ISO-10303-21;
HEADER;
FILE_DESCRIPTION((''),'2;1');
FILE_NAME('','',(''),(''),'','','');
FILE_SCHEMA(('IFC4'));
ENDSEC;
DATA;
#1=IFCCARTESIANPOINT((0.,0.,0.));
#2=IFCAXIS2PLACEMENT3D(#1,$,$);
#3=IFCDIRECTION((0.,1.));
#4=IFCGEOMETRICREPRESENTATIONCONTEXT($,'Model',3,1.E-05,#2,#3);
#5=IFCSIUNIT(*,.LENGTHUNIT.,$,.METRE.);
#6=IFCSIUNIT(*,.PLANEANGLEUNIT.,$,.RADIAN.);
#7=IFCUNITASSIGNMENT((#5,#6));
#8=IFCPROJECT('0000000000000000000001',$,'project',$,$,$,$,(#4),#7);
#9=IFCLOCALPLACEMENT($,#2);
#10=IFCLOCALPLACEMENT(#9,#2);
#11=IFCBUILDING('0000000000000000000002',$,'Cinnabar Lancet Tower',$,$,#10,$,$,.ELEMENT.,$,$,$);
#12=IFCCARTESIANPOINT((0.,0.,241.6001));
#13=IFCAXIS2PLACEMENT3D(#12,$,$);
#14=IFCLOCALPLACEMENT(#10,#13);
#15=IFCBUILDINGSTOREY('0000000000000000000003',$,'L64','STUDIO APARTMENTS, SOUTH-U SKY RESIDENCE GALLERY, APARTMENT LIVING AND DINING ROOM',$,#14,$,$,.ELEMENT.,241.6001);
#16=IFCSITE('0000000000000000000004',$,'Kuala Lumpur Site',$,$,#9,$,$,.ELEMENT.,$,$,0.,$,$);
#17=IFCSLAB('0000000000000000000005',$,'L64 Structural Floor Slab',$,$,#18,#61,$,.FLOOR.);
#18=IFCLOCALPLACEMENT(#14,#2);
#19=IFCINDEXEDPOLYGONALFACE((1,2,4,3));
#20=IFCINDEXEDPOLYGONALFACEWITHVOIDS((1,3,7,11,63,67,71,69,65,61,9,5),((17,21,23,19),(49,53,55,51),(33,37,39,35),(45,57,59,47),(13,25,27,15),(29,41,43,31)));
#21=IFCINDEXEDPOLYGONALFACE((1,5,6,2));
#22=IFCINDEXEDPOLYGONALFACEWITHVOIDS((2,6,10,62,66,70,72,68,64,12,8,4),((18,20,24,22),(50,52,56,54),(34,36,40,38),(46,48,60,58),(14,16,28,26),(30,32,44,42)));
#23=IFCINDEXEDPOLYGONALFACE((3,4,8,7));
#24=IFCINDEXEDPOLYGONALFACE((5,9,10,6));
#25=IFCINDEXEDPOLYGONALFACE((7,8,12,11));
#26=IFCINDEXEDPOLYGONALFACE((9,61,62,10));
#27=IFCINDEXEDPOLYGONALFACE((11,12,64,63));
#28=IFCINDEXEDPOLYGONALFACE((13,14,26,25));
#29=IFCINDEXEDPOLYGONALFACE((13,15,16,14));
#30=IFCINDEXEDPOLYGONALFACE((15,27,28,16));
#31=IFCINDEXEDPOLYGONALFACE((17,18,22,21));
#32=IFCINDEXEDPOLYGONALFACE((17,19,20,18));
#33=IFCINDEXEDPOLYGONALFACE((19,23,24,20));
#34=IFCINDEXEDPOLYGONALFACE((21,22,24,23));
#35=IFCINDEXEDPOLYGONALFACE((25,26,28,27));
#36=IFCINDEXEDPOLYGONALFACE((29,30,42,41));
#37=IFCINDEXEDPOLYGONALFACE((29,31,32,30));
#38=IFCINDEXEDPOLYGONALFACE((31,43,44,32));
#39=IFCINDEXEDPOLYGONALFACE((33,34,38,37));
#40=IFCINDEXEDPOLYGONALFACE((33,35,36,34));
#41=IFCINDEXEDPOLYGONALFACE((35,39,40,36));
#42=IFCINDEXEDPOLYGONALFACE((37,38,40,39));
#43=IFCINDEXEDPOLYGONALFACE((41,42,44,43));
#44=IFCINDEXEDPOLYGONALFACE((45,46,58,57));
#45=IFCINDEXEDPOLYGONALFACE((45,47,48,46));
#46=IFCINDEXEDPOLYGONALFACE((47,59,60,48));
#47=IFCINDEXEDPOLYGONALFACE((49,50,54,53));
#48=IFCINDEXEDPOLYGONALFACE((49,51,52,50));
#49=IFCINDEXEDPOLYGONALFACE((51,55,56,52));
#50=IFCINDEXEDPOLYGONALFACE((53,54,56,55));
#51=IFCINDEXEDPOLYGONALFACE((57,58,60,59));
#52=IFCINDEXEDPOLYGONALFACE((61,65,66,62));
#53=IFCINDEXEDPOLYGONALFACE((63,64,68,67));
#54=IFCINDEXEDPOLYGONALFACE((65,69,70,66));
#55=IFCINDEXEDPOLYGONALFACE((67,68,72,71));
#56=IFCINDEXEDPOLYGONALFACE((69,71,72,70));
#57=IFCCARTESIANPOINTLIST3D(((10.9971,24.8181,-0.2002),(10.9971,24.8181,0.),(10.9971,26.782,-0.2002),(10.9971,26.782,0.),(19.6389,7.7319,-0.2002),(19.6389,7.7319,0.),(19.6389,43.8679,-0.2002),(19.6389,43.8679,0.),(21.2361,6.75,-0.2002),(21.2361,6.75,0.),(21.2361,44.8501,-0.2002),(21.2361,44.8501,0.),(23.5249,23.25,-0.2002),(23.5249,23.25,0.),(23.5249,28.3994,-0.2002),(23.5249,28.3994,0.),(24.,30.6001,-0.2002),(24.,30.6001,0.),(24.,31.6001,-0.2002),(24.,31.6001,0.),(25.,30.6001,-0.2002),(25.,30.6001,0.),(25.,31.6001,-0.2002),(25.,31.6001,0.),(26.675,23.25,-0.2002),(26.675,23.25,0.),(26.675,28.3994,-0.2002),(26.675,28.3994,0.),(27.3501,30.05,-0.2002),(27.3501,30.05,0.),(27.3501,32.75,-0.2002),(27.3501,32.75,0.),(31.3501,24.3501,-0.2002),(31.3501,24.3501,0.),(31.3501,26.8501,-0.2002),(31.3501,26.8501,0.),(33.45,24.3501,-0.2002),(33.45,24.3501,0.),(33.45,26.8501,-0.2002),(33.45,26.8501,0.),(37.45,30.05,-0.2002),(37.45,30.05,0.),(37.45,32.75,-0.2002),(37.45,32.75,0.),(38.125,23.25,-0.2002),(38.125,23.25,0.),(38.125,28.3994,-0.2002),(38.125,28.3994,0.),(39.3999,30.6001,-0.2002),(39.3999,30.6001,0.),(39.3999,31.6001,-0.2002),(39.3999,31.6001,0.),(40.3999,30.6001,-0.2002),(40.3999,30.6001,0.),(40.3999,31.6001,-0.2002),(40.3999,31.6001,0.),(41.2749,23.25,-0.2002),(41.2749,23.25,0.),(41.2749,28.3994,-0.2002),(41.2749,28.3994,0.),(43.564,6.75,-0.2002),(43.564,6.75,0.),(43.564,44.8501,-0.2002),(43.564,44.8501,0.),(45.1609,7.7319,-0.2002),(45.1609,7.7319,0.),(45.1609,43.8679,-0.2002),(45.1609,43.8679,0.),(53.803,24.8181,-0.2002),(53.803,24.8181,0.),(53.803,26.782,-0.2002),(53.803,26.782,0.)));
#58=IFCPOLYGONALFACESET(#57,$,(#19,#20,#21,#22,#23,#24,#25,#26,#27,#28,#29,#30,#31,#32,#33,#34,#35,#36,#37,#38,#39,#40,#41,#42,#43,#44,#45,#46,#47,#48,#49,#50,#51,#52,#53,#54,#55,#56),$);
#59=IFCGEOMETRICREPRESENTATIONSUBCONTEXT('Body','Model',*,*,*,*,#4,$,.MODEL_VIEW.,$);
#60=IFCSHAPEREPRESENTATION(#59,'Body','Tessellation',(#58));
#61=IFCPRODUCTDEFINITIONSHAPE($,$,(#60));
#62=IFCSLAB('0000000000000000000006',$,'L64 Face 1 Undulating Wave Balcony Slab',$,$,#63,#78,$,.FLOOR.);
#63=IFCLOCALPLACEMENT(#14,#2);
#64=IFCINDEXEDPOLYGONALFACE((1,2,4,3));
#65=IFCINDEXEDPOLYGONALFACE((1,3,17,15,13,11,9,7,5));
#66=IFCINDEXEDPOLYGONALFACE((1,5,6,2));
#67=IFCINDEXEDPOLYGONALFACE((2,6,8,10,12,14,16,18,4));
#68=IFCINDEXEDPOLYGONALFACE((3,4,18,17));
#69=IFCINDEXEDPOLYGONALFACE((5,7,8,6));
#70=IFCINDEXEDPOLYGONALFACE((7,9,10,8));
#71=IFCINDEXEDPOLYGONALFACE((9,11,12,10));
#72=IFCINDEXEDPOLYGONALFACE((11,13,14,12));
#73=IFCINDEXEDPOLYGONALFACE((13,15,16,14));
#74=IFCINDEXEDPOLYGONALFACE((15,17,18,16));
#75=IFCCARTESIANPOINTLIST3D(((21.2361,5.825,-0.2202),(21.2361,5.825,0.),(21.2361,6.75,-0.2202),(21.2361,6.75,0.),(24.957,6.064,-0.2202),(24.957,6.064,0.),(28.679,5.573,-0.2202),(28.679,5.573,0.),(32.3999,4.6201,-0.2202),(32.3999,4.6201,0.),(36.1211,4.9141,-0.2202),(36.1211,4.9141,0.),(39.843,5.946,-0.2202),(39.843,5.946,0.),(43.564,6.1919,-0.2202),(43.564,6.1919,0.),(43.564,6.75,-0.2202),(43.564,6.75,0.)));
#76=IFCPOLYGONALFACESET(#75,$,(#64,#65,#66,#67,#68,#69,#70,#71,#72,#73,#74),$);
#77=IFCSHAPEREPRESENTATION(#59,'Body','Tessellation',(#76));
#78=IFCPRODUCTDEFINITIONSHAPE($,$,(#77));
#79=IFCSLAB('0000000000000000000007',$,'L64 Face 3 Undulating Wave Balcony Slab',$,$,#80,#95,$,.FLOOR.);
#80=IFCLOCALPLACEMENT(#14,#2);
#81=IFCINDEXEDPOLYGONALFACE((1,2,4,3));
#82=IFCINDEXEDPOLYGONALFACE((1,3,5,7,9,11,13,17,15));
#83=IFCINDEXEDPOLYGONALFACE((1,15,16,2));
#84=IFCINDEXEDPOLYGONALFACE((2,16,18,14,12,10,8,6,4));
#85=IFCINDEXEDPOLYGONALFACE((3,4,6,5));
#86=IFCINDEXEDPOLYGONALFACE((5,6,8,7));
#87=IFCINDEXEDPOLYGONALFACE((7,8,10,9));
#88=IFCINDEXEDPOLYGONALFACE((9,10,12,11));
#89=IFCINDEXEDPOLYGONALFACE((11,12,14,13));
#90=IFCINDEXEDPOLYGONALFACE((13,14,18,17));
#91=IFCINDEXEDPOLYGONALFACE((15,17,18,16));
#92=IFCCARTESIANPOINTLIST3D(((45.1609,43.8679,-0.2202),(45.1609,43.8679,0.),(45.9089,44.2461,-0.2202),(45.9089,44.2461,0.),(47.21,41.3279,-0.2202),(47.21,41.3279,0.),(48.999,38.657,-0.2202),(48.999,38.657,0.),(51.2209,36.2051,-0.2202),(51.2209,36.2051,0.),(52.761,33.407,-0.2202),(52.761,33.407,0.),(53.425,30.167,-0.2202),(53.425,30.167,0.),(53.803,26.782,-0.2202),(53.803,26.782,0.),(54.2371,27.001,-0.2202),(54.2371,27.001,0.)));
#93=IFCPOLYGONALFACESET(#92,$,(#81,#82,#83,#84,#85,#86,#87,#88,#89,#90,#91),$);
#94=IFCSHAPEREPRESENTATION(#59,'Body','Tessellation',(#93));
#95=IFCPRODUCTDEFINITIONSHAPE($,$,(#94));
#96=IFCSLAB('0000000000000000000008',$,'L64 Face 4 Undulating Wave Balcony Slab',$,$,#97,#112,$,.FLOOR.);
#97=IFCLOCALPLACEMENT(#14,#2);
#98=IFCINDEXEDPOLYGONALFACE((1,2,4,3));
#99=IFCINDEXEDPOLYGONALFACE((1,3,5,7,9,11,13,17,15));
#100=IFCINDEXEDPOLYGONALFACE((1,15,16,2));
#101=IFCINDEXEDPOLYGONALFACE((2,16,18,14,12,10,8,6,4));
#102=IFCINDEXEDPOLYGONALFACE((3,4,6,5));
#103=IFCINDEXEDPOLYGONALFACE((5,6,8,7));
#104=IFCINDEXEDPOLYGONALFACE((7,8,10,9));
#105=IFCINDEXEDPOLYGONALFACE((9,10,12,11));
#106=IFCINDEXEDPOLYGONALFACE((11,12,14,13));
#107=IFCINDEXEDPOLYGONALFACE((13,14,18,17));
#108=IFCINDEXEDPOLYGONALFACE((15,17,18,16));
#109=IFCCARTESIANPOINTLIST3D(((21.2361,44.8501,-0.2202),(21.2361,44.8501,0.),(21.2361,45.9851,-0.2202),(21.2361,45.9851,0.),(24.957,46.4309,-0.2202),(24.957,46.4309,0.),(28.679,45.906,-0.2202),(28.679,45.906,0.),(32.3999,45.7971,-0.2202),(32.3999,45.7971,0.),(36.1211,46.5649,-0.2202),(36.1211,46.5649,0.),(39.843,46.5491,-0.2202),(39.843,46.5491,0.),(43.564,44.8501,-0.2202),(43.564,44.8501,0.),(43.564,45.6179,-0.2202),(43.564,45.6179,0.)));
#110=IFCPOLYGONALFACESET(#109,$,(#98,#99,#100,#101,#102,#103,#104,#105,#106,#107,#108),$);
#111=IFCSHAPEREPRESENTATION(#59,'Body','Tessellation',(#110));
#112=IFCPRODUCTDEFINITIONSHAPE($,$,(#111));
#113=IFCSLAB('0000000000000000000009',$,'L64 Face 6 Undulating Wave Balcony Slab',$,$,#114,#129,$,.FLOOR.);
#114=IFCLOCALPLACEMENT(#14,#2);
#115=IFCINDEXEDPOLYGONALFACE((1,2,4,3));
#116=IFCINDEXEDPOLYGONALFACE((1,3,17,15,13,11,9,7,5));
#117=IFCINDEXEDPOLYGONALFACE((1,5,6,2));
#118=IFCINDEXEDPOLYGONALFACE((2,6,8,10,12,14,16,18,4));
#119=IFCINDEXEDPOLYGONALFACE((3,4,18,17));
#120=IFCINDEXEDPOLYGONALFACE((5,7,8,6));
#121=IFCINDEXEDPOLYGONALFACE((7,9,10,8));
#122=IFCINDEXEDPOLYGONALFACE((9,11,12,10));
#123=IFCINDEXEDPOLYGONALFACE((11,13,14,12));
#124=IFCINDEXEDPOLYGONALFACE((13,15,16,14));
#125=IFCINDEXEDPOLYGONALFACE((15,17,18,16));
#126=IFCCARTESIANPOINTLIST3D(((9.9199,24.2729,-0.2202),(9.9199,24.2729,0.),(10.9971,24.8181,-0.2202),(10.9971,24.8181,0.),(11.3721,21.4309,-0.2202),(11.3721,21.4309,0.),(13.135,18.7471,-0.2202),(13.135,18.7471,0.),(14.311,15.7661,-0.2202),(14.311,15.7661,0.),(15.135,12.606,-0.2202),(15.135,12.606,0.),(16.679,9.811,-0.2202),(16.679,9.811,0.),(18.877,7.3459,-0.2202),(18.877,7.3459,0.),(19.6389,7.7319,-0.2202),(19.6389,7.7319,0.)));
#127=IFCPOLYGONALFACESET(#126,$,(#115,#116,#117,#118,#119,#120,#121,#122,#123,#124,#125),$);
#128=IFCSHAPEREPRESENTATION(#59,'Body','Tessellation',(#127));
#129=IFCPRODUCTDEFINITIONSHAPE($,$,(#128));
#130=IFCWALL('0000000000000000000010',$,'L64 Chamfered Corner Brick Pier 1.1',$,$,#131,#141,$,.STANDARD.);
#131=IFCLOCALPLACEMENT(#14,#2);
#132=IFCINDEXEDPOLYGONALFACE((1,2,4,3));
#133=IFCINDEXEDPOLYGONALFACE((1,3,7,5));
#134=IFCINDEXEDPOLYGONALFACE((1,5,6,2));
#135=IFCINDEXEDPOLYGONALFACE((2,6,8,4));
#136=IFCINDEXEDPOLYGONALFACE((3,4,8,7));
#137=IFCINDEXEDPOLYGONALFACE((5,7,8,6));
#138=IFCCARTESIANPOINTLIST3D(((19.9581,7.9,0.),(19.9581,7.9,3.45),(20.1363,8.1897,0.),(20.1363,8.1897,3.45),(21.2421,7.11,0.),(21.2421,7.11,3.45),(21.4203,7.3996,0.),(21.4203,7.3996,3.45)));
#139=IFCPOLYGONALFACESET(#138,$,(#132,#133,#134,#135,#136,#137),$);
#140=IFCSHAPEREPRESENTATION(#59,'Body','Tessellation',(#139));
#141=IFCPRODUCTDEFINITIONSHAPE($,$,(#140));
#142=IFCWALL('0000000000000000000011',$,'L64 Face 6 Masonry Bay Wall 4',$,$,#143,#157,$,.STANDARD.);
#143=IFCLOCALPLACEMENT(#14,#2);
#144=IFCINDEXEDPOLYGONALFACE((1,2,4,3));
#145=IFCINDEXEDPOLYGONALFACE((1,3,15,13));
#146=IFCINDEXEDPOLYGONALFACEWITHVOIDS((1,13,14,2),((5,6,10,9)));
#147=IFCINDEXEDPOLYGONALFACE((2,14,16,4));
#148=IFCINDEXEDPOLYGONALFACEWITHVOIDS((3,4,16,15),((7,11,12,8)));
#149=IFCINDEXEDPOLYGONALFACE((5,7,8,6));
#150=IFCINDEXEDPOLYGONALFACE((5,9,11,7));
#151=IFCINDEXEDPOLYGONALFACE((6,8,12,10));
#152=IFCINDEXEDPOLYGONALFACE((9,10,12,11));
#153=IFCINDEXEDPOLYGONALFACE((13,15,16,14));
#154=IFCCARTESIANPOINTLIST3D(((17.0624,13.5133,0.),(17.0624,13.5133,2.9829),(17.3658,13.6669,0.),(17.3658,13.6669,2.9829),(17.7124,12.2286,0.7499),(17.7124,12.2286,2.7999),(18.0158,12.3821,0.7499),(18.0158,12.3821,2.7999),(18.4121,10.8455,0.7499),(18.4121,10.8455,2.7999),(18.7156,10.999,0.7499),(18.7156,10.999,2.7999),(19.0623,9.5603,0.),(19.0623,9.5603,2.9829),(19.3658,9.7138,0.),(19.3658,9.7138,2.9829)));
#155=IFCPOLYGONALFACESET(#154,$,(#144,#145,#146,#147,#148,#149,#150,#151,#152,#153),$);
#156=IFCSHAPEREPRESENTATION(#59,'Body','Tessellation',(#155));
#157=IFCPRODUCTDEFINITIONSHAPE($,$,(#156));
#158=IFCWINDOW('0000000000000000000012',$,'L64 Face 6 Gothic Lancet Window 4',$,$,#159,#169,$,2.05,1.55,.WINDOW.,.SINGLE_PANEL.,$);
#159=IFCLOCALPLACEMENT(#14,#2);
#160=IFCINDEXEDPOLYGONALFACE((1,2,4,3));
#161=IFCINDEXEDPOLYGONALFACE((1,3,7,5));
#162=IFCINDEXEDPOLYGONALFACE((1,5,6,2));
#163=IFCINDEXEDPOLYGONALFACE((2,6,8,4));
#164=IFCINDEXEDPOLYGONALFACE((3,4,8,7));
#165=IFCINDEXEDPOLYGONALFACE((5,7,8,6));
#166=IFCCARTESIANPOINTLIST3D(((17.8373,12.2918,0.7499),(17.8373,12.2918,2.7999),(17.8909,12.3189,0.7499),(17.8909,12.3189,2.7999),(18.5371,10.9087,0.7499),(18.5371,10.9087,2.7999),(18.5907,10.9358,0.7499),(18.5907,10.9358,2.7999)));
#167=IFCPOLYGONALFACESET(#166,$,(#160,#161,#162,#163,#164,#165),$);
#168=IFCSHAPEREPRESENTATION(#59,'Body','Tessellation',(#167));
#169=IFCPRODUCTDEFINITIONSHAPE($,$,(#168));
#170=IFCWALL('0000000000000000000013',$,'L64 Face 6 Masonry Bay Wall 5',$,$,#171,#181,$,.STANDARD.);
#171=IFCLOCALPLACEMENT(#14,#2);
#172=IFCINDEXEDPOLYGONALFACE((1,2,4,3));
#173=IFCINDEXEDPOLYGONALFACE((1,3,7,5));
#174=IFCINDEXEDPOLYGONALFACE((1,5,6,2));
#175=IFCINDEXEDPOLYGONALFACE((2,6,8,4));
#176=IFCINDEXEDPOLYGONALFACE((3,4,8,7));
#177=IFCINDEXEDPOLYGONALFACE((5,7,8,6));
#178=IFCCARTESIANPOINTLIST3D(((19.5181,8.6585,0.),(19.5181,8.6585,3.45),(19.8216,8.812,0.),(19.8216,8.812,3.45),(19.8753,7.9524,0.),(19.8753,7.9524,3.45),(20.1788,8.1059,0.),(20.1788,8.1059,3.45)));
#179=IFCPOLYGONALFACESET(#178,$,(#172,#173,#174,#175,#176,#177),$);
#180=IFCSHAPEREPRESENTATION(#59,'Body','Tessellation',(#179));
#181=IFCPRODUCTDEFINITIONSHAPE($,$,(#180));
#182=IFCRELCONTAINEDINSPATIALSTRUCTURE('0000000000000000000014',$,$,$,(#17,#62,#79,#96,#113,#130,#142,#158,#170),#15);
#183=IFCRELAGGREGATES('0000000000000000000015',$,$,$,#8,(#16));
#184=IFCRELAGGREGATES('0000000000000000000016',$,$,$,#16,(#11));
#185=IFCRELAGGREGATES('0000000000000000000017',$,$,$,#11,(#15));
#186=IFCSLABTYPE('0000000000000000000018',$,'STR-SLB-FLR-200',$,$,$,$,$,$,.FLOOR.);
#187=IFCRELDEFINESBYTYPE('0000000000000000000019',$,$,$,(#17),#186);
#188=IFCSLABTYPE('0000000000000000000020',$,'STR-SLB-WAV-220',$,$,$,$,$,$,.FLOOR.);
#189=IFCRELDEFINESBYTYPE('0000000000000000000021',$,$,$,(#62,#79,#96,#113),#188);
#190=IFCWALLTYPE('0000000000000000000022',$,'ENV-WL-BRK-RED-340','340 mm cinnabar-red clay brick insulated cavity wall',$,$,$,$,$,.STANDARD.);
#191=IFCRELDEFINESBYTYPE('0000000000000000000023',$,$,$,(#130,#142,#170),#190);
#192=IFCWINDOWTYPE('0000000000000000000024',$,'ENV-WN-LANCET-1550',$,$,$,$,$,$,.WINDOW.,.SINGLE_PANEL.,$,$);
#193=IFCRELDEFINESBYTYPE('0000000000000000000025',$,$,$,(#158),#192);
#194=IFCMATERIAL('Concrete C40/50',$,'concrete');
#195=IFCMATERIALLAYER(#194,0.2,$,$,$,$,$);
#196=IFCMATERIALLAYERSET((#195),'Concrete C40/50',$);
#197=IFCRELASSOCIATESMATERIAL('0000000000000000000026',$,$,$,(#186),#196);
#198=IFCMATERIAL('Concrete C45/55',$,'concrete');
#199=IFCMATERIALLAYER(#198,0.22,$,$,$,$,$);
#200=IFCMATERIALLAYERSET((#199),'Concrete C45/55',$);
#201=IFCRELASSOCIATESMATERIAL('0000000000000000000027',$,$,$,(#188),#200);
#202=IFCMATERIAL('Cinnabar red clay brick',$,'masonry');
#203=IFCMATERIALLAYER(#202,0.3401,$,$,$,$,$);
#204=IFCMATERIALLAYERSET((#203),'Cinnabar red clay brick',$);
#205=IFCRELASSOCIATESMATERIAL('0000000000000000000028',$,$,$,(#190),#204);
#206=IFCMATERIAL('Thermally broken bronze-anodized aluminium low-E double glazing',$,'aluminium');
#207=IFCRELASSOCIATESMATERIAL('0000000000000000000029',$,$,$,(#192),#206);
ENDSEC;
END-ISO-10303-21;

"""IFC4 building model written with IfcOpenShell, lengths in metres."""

from ifc_helpers import new_model, si_unit, direction, frame, frame_2d, origin, place, context, subcontext, project, spatial, polyline, rectangle, outline, extrude, material, layer, layer_set, type_object, element, fill, save


model = new_model("IFC4")

# Units and contexts
model_context = context("Model", 3, precision=1e-05, world=origin(), true_north=direction((0.0, 1.0)))
body_context = subcontext(model_context, "Body", "Model", "MODEL_VIEW")
ifc_project = project(units=[si_unit("LENGTHUNIT", "METRE"), si_unit("PLANEANGLEUNIT", "RADIAN")], contexts=[model_context])

# Site, building, storey
site_placement = place(None, origin())
site = spatial("IfcSite", under=ifc_project, at=site_placement, Name="Kuala Lumpur Site", CompositionType="ELEMENT", RefElevation=0.0)
building_placement = place(site_placement, origin())
building = spatial("IfcBuilding", under=site, at=building_placement, Name="Cinnabar Lancet Tower", CompositionType="ELEMENT")
storey_placement = place(building_placement, frame((0.0, 0.0, 241.6001)))
storey = spatial("IfcBuildingStorey", under=building, at=storey_placement, Name="L64", Description="STUDIO APARTMENTS, SOUTH-U SKY RESIDENCE GALLERY, APARTMENT LIVING AND DINING ROOM", CompositionType="ELEMENT", Elevation=241.6001)

# Slabs
ifc_material_1 = material(Name="Concrete C40/50", Category="concrete")
ifc_layer_1 = layer(ifc_material_1, 0.2)
ifc_layer_set_1 = layer_set([ifc_layer_1], Name="Concrete C40/50")
slab_type_1 = type_object("IfcSlabType", Name="STR-SLB-FLR-200", PredefinedType="FLOOR", material=ifc_layer_set_1)
slab_1_placement = place(storey_placement, frame((0.0, 0.0, -0.2002)))
element("IfcSlab", 1, at=slab_1_placement, inside=storey, type_object=slab_type_1, Name="L64 Structural Floor Slab", PredefinedType="FLOOR", context=body_context, shape_type="SweptSolid", body=[
    extrude(outline(polyline([(19.6389, 7.7319), (21.2361, 6.75), (43.564, 6.75), (45.1609, 7.7319), (53.803, 24.8181), (53.803, 26.782), (45.1609, 43.8679), (43.564, 44.8501), (21.2361, 44.8501), (19.6389, 43.8679), (10.9971, 26.782), (10.9971, 24.8181), (19.6389, 7.7319)]), holes=[polyline([(23.5249, 23.25), (26.675, 23.25), (26.675, 28.3994), (23.5249, 28.3994), (23.5249, 23.25)]), polyline([(38.125, 23.25), (41.2749, 23.25), (41.2749, 28.3994), (38.125, 28.3994), (38.125, 23.25)]), polyline([(27.3501, 30.05), (37.45, 30.05), (37.45, 32.75), (27.3501, 32.75), (27.3501, 30.05)]), polyline([(31.3501, 24.3501), (33.45, 24.3501), (33.45, 26.8501), (31.3501, 26.8501), (31.3501, 24.3501)]), polyline([(24.0, 30.6001), (25.0, 30.6001), (25.0, 31.6001), (24.0, 31.6001), (24.0, 30.6001)]), polyline([(39.3999, 30.6001), (40.3999, 30.6001), (40.3999, 31.6001), (39.3999, 31.6001), (39.3999, 30.6001)])]), origin(), (0.0, 0.0, 1.0), 0.2002),
])
ifc_material_2 = material(Name="Concrete C45/55", Category="concrete")
ifc_layer_2 = layer(ifc_material_2, 0.22)
ifc_layer_set_2 = layer_set([ifc_layer_2], Name="Concrete C45/55")
slab_type_2 = type_object("IfcSlabType", Name="STR-SLB-WAV-220", PredefinedType="FLOOR", material=ifc_layer_set_2)
slab_2_placement = place(storey_placement, frame((0.0, 0.0, -0.2202)))
element("IfcSlab", 2, at=slab_2_placement, inside=storey, type_object=slab_type_2, Name="L64 Face 1 Undulating Wave Balcony Slab", PredefinedType="FLOOR", context=body_context, shape_type="SweptSolid", body=[
    extrude(outline(polyline([(21.2361, 6.75), (21.2361, 5.825), (24.957, 6.064), (28.679, 5.573), (32.3999, 4.6201), (36.1211, 4.9141), (39.843, 5.946), (43.564, 6.1919), (43.564, 6.75), (21.2361, 6.75)])), origin(), (0.0, 0.0, 1.0), 0.2202),
])
slab_3_placement = place(storey_placement, frame((0.0, 0.0, -0.2202)))
element("IfcSlab", 3, at=slab_3_placement, inside=storey, type_object=slab_type_2, Name="L64 Face 3 Undulating Wave Balcony Slab", PredefinedType="FLOOR", context=body_context, shape_type="SweptSolid", body=[
    extrude(outline(polyline([(53.803, 26.782), (54.2371, 27.001), (53.425, 30.167), (52.761, 33.407), (51.2209, 36.2051), (48.999, 38.657), (47.21, 41.3279), (45.9089, 44.2461), (45.1609, 43.8679), (53.803, 26.782)])), origin(), (0.0, 0.0, 1.0), 0.2202),
])
slab_4_placement = place(storey_placement, frame((0.0, 0.0, -0.2202)))
element("IfcSlab", 4, at=slab_4_placement, inside=storey, type_object=slab_type_2, Name="L64 Face 4 Undulating Wave Balcony Slab", PredefinedType="FLOOR", context=body_context, shape_type="SweptSolid", body=[
    extrude(outline(polyline([(43.564, 44.8501), (43.564, 45.6179), (39.843, 46.5491), (36.1211, 46.5649), (32.3999, 45.7971), (28.679, 45.906), (24.957, 46.4309), (21.2361, 45.9851), (21.2361, 44.8501), (43.564, 44.8501)])), origin(), (0.0, 0.0, 1.0), 0.2202),
])
slab_5_placement = place(storey_placement, frame((0.0, 0.0, -0.2202)))
element("IfcSlab", 5, at=slab_5_placement, inside=storey, type_object=slab_type_2, Name="L64 Face 6 Undulating Wave Balcony Slab", PredefinedType="FLOOR", context=body_context, shape_type="SweptSolid", body=[
    extrude(outline(polyline([(10.9971, 24.8181), (9.9199, 24.2729), (11.3721, 21.4309), (13.135, 18.7471), (14.311, 15.7661), (15.135, 12.606), (16.679, 9.811), (18.877, 7.3459), (19.6389, 7.7319), (10.9971, 24.8181)])), origin(), (0.0, 0.0, 1.0), 0.2202),
])

# Wall
ifc_material_3 = material(Name="Cinnabar red clay brick", Category="masonry")
ifc_layer_3 = layer(ifc_material_3, 0.3401)
ifc_layer_set_3 = layer_set([ifc_layer_3], Name="Cinnabar red clay brick")
wall_type = type_object("IfcWallType", Name="ENV-WL-BRK-RED-340", Description="340 mm cinnabar-red clay brick insulated cavity wall", PredefinedType="STANDARD", material=ifc_layer_set_3)
wall_1_placement = place(storey_placement, frame((20.0471, 8.0449, 0.0), z_axis=(0.0, 0.0, 1.0), x_axis=(0.851681, -0.524061, 0.0)))
element("IfcWall", 6, at=wall_1_placement, inside=storey, type_object=wall_type, Name="L64 Chamfered Corner Brick Pier 1.1", PredefinedType="STANDARD", context=body_context, shape_type="SweptSolid", body=[
    extrude(rectangle(XDim=1.5076, YDim=0.3401, at=frame_2d((0.7539, 0.0))), origin(), (0.0, 0.0, 1.0), 3.45),
])

# Wall, opening, window
wall_2_placement = place(storey_placement, frame((17.2141, 13.5901, 0.0), z_axis=(0.0, 0.0, 1.0), x_axis=(0.451441, -0.892301, 0.0)))
wall_2 = element("IfcWall", 7, at=wall_2_placement, inside=storey, type_object=wall_type, Name="L64 Face 6 Masonry Bay Wall 4", PredefinedType="STANDARD", context=body_context, shape_type="SweptSolid", body=[
    extrude(rectangle(XDim=4.4302, YDim=0.3401, at=frame_2d((2.2151, 0.0))), origin(), (0.0, 0.0, 1.0), 2.9829),
])
opening_placement = place(wall_2_placement, frame((1.4399, 0.0, 0.75)))
opening = element("IfcOpeningElement", 8, at=opening_placement, cuts=wall_2, PredefinedType="OPENING", context=body_context, shape_type="SweptSolid", body=[
    extrude(rectangle(XDim=1.55, YDim=2.05, at=frame_2d((0.7749, 1.0249))), frame((0.0, 0.1799, 0.0), z_axis=(0.0, -1.0, 0.0), x_axis=(1.0, 0.0, 0.0)), (0.0, 0.0, 1.0), 0.3601),
])
ifc_material_4 = material(Name="Thermally broken bronze-anodized aluminium low-E double glazing", Category="aluminium")
window_type = type_object("IfcWindowType", Name="ENV-WN-LANCET-1550", PartitioningType="SINGLE_PANEL", PredefinedType="WINDOW", material=ifc_material_4)
window_placement = place(opening_placement, origin())
window = element("IfcWindow", 9, at=window_placement, inside=storey, type_object=window_type, Name="L64 Face 6 Gothic Lancet Window 4", OverallHeight=2.05, OverallWidth=1.55, PartitioningType="SINGLE_PANEL", PredefinedType="WINDOW", context=body_context, shape_type="SweptSolid", body=[
    extrude(rectangle(XDim=1.55, YDim=2.05, at=frame_2d((0.7749, 1.0249))), frame((0.0, 0.03, 0.0), z_axis=(0.0, -1.0, 0.0), x_axis=(1.0, 0.0, 0.0)), (0.0, 0.0, 1.0), 0.0601),
])
fill(opening, window)

# Wall
wall_3_placement = place(storey_placement, frame((19.6699, 8.7351, 0.0), z_axis=(0.0, 0.0, 1.0), x_axis=(0.451405, -0.892319, 0.0)))
element("IfcWall", 10, at=wall_3_placement, inside=storey, type_object=wall_type, Name="L64 Face 6 Masonry Bay Wall 5", PredefinedType="STANDARD", context=body_context, shape_type="SweptSolid", body=[
    extrude(rectangle(XDim=0.7913, YDim=0.3401, at=frame_2d((0.3955, 0.0))), origin(), (0.0, 0.0, 1.0), 3.45),
])

save(model, "model.ifc")
